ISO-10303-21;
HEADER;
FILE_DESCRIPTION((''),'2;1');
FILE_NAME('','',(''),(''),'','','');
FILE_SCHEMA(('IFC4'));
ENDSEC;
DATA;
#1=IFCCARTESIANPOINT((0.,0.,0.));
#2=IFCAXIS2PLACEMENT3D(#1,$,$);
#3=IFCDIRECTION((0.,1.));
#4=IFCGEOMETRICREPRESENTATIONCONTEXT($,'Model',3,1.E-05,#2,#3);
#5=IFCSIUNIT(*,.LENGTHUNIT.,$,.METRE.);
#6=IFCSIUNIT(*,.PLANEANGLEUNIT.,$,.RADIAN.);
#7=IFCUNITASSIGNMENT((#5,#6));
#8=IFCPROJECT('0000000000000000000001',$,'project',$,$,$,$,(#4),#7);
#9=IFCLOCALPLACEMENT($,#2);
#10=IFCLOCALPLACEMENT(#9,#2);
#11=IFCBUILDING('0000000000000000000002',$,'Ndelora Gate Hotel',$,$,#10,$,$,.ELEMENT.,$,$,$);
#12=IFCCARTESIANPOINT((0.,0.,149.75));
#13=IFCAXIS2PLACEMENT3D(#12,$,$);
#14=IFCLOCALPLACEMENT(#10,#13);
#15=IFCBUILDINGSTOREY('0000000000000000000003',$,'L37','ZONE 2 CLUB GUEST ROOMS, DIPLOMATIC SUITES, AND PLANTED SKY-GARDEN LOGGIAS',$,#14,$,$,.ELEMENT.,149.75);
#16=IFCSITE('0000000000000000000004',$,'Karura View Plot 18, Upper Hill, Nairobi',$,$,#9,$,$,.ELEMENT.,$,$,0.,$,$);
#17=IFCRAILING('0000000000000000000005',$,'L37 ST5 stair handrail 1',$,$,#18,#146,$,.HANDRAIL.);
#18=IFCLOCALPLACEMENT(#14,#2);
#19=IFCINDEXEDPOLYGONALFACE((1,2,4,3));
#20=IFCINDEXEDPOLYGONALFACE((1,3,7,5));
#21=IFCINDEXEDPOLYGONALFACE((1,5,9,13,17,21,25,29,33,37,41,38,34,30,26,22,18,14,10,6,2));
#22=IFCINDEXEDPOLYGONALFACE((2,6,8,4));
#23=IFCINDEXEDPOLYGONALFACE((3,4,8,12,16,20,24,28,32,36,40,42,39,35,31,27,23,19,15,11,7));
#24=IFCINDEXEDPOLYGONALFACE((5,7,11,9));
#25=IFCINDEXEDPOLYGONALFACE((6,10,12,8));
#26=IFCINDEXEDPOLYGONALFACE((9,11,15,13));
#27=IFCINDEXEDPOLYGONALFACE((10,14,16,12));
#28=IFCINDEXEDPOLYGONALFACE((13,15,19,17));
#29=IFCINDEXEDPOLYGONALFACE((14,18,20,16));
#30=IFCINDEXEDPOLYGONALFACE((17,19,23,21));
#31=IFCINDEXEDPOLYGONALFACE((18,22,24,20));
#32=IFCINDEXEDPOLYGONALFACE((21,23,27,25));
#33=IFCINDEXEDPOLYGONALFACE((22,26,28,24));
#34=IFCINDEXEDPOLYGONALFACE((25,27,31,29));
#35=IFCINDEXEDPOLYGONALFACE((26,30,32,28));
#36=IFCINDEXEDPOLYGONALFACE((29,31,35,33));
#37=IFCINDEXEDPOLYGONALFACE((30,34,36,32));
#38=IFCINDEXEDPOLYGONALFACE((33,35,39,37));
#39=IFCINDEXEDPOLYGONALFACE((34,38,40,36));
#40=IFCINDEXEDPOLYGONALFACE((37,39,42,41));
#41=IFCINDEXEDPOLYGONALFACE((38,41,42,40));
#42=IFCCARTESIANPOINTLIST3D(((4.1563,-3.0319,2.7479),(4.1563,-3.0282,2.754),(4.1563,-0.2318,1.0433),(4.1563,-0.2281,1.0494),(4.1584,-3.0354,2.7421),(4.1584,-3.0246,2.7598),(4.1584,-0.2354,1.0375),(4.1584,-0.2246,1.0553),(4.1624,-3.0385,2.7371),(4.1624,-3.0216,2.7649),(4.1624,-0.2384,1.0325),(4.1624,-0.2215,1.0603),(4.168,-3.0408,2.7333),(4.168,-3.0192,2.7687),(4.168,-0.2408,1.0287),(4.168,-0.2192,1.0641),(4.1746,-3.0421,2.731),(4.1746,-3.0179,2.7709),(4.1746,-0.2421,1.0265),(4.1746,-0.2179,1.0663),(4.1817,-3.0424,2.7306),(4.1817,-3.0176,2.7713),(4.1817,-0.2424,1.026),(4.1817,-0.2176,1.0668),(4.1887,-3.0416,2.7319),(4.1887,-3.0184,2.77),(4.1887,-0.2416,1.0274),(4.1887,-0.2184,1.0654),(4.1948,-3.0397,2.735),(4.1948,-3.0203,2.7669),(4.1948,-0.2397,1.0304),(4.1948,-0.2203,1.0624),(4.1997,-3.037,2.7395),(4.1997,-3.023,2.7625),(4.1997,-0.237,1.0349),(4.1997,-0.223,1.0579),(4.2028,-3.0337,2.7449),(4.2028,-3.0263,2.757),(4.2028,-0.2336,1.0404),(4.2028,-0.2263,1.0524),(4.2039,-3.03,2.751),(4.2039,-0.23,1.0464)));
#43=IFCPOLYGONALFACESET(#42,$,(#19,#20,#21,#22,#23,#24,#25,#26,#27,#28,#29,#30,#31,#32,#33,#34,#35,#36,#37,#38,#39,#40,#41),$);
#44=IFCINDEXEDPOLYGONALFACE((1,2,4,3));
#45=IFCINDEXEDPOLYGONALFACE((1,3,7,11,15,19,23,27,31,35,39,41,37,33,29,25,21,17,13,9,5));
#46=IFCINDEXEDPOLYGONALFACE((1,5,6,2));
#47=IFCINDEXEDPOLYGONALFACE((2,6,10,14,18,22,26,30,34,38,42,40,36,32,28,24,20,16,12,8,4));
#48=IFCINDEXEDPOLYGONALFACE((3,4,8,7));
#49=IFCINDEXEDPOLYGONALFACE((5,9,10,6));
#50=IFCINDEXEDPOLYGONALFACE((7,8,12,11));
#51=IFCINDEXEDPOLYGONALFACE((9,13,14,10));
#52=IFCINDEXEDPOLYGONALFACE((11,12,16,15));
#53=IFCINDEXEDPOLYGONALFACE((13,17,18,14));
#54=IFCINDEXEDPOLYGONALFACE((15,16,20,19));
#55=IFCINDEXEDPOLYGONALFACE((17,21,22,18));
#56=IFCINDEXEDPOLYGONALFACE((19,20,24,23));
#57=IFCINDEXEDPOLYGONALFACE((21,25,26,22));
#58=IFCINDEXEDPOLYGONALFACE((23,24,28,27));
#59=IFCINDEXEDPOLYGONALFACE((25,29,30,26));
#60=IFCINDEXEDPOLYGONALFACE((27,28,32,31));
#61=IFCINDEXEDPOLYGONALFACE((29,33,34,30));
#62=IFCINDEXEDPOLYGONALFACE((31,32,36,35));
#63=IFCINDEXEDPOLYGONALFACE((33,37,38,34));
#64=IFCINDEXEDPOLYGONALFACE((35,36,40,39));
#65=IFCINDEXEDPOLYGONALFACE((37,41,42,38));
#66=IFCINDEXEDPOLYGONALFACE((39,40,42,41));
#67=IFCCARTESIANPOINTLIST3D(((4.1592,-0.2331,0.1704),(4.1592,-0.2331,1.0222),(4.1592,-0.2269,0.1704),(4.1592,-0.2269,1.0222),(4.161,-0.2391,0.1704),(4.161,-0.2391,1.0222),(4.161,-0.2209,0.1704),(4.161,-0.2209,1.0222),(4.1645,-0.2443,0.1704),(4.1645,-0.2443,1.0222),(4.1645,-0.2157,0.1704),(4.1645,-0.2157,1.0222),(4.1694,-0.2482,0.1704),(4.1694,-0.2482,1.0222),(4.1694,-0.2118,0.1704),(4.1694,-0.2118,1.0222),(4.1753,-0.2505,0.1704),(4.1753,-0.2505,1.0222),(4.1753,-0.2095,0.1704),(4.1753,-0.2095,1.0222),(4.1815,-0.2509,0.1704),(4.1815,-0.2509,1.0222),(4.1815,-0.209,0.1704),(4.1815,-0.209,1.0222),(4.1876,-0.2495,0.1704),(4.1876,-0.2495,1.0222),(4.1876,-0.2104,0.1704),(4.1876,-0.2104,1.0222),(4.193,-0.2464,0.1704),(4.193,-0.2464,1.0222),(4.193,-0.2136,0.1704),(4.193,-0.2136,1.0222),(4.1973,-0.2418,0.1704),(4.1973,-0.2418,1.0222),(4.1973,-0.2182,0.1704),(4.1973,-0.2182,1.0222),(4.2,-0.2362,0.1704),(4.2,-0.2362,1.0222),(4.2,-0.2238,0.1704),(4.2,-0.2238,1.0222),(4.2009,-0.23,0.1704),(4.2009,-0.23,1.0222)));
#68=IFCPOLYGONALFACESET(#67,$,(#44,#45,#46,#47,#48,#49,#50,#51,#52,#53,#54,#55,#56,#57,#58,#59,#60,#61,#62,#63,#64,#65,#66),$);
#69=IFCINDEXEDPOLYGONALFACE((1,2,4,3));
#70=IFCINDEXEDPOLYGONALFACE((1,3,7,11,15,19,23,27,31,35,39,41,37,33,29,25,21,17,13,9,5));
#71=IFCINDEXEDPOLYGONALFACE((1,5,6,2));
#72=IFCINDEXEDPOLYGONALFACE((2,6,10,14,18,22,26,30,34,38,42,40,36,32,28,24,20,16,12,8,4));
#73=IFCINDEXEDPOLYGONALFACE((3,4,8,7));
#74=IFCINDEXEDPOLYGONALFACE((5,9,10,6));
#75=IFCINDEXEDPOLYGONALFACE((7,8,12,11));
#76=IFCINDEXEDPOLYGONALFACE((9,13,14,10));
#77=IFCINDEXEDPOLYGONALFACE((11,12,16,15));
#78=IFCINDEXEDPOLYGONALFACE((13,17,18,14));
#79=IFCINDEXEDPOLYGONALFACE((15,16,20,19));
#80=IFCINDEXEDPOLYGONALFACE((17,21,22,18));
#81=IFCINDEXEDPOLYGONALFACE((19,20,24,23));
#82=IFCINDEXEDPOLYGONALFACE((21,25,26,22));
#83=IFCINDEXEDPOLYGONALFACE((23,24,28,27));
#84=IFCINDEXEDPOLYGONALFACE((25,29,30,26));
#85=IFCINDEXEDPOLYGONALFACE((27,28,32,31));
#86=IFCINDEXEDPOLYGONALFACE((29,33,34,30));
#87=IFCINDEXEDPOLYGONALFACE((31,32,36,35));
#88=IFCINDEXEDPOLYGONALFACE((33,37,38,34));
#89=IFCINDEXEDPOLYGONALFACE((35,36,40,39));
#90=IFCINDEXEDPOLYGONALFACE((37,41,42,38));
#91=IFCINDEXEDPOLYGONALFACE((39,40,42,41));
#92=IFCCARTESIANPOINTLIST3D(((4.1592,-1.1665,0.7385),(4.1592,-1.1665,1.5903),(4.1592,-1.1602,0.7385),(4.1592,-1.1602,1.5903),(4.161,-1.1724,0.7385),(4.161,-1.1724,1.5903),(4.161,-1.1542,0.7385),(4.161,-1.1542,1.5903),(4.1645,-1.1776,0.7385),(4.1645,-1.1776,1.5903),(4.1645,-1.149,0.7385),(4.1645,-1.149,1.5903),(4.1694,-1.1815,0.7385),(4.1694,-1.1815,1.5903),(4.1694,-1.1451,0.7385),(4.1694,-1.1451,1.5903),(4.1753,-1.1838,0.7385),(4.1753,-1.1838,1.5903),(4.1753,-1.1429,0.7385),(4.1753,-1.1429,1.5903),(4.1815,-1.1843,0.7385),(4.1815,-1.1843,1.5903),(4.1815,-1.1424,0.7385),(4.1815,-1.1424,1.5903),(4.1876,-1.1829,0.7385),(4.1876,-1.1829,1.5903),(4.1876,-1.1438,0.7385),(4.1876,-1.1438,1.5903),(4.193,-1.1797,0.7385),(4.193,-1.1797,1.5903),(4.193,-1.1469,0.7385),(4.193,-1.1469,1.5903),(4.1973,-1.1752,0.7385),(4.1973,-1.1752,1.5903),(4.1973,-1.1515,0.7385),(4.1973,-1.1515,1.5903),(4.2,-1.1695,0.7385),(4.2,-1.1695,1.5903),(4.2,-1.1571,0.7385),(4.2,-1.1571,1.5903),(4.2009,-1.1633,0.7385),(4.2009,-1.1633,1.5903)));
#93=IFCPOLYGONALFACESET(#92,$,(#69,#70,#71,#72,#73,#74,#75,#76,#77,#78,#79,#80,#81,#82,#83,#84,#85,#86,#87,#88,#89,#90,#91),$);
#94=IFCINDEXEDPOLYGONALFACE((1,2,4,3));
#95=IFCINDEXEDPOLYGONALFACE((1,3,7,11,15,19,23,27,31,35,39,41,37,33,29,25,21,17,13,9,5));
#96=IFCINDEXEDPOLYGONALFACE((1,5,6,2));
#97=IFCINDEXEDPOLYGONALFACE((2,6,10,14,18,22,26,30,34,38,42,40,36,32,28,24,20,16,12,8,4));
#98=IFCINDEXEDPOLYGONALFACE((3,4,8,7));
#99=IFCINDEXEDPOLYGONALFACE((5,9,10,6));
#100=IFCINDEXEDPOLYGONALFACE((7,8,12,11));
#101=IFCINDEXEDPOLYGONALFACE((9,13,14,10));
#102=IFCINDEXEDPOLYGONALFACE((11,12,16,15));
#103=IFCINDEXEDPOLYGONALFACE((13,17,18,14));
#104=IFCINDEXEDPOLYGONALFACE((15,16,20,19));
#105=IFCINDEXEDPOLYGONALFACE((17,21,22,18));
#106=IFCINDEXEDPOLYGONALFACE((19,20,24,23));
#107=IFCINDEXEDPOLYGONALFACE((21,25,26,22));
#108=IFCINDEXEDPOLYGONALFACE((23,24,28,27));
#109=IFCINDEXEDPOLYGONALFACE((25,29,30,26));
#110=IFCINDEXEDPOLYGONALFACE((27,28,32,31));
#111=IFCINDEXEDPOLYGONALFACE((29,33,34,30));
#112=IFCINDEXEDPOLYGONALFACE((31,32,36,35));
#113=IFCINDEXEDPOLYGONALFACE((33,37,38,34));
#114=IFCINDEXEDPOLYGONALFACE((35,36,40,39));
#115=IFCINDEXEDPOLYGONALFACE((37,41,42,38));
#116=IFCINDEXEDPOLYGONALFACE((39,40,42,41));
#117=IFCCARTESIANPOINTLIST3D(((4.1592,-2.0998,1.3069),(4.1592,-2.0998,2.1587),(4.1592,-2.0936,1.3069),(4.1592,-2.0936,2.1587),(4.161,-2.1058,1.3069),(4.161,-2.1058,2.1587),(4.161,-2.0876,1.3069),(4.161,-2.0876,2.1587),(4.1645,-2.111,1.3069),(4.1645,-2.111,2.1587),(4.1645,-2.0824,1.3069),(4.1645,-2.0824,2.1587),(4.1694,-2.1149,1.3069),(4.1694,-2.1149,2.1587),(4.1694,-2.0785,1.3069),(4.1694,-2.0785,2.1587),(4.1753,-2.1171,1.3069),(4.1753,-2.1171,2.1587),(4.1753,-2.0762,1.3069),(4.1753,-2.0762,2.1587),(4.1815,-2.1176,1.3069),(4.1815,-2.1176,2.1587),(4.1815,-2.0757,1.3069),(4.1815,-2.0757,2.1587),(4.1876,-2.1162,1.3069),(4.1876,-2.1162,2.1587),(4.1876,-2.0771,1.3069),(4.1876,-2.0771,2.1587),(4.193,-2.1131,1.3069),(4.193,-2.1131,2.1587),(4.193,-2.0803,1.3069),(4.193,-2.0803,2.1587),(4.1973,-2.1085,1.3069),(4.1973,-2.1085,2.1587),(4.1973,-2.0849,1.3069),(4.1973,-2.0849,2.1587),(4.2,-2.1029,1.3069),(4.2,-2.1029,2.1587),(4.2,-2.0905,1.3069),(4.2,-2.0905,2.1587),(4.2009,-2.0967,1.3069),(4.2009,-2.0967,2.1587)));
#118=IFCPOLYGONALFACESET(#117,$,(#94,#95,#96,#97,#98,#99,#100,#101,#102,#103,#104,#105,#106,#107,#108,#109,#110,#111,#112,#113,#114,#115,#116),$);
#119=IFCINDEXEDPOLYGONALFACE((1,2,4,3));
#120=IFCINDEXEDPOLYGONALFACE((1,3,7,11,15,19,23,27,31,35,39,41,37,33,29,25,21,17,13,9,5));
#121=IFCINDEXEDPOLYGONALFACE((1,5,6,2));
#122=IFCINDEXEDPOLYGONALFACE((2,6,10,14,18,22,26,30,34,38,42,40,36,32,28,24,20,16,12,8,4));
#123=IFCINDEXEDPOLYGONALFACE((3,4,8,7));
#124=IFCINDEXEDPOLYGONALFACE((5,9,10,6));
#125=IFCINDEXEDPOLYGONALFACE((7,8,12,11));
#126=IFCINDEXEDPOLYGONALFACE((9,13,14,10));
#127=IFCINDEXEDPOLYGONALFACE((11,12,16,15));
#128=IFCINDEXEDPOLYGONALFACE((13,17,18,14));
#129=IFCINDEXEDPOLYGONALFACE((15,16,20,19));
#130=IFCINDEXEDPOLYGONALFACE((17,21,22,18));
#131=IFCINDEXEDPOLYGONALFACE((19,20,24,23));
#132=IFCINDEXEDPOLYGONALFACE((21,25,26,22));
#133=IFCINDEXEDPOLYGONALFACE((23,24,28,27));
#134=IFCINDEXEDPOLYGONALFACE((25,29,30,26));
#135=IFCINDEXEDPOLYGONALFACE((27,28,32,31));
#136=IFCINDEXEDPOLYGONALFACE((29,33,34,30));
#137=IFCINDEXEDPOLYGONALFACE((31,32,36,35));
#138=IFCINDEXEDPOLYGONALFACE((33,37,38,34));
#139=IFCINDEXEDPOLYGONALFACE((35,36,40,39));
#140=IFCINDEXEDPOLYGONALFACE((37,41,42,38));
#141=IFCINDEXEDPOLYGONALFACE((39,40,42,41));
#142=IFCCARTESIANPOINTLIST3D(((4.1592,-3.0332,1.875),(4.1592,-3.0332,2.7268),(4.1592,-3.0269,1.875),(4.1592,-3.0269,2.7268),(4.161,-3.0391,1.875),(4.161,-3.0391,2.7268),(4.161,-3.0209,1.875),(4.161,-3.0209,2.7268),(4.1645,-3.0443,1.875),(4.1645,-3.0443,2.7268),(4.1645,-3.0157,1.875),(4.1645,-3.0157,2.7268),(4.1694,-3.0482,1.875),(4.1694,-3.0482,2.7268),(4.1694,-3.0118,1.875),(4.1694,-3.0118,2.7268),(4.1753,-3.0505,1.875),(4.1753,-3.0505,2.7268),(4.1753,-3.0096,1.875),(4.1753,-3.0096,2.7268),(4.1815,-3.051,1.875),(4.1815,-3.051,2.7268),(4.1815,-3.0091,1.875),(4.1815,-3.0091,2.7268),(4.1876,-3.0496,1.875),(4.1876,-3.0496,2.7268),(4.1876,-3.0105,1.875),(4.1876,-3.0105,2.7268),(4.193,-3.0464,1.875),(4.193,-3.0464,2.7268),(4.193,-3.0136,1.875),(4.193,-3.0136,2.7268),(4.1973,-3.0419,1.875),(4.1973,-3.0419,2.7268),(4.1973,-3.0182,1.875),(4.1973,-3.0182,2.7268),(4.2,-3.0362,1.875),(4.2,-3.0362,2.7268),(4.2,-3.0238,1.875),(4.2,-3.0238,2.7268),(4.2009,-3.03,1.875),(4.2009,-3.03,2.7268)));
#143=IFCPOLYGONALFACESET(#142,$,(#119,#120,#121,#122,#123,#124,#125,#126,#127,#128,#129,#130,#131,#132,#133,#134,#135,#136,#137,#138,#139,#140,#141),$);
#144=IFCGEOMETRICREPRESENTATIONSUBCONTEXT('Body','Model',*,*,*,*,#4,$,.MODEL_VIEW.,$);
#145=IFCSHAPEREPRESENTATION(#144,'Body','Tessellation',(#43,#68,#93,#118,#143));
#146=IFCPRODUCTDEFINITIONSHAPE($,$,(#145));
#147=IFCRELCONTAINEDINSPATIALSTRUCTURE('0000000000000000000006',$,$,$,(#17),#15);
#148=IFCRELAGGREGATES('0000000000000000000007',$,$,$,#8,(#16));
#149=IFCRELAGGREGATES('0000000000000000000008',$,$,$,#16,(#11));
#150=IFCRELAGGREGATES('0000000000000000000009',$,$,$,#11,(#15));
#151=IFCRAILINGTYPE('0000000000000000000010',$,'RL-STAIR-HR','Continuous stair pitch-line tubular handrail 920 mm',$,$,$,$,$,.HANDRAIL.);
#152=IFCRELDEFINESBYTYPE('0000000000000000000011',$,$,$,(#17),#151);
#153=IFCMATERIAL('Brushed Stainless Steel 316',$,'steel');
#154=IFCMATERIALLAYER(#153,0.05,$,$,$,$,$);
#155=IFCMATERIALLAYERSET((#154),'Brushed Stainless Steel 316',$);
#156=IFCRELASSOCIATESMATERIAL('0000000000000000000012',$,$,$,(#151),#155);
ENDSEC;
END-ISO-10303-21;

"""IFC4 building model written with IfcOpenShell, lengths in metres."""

from ifc_helpers import new_model, si_unit, direction, frame, origin, origin_2d, place, context, subcontext, project, spatial, circle, extrude, material, layer, layer_set, type_object, element, save


model = new_model("IFC4")

# Units and contexts
model_context = context("Model", 3, precision=1e-05, world=origin(), true_north=direction((0.0, 1.0)))
body_context = subcontext(model_context, "Body", "Model", "MODEL_VIEW")
ifc_project = project(units=[si_unit("LENGTHUNIT", "METRE"), si_unit("PLANEANGLEUNIT", "RADIAN")], contexts=[model_context])

# Site, building, storey
site_placement = place(None, origin())
site = spatial("IfcSite", under=ifc_project, at=site_placement, Name="Karura View Plot 18, Upper Hill, Nairobi", CompositionType="ELEMENT", RefElevation=0.0)
building_placement = place(site_placement, origin())
building = spatial("IfcBuilding", under=site, at=building_placement, Name="Ndelora Gate Hotel", CompositionType="ELEMENT")
storey_placement = place(building_placement, frame((0.0, 0.0, 149.75)))
storey = spatial("IfcBuildingStorey", under=building, at=storey_placement, Name="L37", Description="ZONE 2 CLUB GUEST ROOMS, DIPLOMATIC SUITES, AND PLANTED SKY-GARDEN LOGGIAS", CompositionType="ELEMENT", Elevation=149.75)

# Railing
ifc_material_1 = material(Name="Brushed Stainless Steel 316", Category="steel")
ifc_layer_1 = layer(ifc_material_1, 0.05)
ifc_layer_set_1 = layer_set([ifc_layer_1], Name="Brushed Stainless Steel 316")
railing_type_1 = type_object("IfcRailingType", Name="RL-STAIR-HR", Description="Continuous stair pitch-line tubular handrail 920 mm", PredefinedType="HANDRAIL", material=ifc_layer_set_1)
railing_1_placement = place(storey_placement, frame((4.1799, -0.23, 0.1704)))
element("IfcRailing", 1, at=railing_1_placement, inside=storey, type_object=railing_type_1, Name="L37 ST5 stair handrail 1", PredefinedType="HANDRAIL", context=body_context, shape_type="SweptSolid", body=[
    extrude(circle(Radius=0.0239, at=origin_2d()), frame((0.0, 0.0, 0.876), z_axis=(0.0, -0.85417, 0.519994), x_axis=(1.0, 0.0, 0.0)), (0.0, 0.0, 1.0), 3.2781),
    extrude(circle(Radius=0.021, at=origin_2d()), origin(), (0.0, 0.0, 1.0), 0.8518),
    extrude(circle(Radius=0.021, at=origin_2d()), frame((0.0, -0.9333, 0.5681)), (0.0, 0.0, 1.0), 0.8518),
    extrude(circle(Radius=0.021, at=origin_2d()), frame((0.0, -1.8667, 1.1365)), (0.0, 0.0, 1.0), 0.8518),
    extrude(circle(Radius=0.021, at=origin_2d()), frame((0.0, -2.8, 1.7046)), (0.0, 0.0, 1.0), 0.8518),
])

save(model, "model.ifc")
